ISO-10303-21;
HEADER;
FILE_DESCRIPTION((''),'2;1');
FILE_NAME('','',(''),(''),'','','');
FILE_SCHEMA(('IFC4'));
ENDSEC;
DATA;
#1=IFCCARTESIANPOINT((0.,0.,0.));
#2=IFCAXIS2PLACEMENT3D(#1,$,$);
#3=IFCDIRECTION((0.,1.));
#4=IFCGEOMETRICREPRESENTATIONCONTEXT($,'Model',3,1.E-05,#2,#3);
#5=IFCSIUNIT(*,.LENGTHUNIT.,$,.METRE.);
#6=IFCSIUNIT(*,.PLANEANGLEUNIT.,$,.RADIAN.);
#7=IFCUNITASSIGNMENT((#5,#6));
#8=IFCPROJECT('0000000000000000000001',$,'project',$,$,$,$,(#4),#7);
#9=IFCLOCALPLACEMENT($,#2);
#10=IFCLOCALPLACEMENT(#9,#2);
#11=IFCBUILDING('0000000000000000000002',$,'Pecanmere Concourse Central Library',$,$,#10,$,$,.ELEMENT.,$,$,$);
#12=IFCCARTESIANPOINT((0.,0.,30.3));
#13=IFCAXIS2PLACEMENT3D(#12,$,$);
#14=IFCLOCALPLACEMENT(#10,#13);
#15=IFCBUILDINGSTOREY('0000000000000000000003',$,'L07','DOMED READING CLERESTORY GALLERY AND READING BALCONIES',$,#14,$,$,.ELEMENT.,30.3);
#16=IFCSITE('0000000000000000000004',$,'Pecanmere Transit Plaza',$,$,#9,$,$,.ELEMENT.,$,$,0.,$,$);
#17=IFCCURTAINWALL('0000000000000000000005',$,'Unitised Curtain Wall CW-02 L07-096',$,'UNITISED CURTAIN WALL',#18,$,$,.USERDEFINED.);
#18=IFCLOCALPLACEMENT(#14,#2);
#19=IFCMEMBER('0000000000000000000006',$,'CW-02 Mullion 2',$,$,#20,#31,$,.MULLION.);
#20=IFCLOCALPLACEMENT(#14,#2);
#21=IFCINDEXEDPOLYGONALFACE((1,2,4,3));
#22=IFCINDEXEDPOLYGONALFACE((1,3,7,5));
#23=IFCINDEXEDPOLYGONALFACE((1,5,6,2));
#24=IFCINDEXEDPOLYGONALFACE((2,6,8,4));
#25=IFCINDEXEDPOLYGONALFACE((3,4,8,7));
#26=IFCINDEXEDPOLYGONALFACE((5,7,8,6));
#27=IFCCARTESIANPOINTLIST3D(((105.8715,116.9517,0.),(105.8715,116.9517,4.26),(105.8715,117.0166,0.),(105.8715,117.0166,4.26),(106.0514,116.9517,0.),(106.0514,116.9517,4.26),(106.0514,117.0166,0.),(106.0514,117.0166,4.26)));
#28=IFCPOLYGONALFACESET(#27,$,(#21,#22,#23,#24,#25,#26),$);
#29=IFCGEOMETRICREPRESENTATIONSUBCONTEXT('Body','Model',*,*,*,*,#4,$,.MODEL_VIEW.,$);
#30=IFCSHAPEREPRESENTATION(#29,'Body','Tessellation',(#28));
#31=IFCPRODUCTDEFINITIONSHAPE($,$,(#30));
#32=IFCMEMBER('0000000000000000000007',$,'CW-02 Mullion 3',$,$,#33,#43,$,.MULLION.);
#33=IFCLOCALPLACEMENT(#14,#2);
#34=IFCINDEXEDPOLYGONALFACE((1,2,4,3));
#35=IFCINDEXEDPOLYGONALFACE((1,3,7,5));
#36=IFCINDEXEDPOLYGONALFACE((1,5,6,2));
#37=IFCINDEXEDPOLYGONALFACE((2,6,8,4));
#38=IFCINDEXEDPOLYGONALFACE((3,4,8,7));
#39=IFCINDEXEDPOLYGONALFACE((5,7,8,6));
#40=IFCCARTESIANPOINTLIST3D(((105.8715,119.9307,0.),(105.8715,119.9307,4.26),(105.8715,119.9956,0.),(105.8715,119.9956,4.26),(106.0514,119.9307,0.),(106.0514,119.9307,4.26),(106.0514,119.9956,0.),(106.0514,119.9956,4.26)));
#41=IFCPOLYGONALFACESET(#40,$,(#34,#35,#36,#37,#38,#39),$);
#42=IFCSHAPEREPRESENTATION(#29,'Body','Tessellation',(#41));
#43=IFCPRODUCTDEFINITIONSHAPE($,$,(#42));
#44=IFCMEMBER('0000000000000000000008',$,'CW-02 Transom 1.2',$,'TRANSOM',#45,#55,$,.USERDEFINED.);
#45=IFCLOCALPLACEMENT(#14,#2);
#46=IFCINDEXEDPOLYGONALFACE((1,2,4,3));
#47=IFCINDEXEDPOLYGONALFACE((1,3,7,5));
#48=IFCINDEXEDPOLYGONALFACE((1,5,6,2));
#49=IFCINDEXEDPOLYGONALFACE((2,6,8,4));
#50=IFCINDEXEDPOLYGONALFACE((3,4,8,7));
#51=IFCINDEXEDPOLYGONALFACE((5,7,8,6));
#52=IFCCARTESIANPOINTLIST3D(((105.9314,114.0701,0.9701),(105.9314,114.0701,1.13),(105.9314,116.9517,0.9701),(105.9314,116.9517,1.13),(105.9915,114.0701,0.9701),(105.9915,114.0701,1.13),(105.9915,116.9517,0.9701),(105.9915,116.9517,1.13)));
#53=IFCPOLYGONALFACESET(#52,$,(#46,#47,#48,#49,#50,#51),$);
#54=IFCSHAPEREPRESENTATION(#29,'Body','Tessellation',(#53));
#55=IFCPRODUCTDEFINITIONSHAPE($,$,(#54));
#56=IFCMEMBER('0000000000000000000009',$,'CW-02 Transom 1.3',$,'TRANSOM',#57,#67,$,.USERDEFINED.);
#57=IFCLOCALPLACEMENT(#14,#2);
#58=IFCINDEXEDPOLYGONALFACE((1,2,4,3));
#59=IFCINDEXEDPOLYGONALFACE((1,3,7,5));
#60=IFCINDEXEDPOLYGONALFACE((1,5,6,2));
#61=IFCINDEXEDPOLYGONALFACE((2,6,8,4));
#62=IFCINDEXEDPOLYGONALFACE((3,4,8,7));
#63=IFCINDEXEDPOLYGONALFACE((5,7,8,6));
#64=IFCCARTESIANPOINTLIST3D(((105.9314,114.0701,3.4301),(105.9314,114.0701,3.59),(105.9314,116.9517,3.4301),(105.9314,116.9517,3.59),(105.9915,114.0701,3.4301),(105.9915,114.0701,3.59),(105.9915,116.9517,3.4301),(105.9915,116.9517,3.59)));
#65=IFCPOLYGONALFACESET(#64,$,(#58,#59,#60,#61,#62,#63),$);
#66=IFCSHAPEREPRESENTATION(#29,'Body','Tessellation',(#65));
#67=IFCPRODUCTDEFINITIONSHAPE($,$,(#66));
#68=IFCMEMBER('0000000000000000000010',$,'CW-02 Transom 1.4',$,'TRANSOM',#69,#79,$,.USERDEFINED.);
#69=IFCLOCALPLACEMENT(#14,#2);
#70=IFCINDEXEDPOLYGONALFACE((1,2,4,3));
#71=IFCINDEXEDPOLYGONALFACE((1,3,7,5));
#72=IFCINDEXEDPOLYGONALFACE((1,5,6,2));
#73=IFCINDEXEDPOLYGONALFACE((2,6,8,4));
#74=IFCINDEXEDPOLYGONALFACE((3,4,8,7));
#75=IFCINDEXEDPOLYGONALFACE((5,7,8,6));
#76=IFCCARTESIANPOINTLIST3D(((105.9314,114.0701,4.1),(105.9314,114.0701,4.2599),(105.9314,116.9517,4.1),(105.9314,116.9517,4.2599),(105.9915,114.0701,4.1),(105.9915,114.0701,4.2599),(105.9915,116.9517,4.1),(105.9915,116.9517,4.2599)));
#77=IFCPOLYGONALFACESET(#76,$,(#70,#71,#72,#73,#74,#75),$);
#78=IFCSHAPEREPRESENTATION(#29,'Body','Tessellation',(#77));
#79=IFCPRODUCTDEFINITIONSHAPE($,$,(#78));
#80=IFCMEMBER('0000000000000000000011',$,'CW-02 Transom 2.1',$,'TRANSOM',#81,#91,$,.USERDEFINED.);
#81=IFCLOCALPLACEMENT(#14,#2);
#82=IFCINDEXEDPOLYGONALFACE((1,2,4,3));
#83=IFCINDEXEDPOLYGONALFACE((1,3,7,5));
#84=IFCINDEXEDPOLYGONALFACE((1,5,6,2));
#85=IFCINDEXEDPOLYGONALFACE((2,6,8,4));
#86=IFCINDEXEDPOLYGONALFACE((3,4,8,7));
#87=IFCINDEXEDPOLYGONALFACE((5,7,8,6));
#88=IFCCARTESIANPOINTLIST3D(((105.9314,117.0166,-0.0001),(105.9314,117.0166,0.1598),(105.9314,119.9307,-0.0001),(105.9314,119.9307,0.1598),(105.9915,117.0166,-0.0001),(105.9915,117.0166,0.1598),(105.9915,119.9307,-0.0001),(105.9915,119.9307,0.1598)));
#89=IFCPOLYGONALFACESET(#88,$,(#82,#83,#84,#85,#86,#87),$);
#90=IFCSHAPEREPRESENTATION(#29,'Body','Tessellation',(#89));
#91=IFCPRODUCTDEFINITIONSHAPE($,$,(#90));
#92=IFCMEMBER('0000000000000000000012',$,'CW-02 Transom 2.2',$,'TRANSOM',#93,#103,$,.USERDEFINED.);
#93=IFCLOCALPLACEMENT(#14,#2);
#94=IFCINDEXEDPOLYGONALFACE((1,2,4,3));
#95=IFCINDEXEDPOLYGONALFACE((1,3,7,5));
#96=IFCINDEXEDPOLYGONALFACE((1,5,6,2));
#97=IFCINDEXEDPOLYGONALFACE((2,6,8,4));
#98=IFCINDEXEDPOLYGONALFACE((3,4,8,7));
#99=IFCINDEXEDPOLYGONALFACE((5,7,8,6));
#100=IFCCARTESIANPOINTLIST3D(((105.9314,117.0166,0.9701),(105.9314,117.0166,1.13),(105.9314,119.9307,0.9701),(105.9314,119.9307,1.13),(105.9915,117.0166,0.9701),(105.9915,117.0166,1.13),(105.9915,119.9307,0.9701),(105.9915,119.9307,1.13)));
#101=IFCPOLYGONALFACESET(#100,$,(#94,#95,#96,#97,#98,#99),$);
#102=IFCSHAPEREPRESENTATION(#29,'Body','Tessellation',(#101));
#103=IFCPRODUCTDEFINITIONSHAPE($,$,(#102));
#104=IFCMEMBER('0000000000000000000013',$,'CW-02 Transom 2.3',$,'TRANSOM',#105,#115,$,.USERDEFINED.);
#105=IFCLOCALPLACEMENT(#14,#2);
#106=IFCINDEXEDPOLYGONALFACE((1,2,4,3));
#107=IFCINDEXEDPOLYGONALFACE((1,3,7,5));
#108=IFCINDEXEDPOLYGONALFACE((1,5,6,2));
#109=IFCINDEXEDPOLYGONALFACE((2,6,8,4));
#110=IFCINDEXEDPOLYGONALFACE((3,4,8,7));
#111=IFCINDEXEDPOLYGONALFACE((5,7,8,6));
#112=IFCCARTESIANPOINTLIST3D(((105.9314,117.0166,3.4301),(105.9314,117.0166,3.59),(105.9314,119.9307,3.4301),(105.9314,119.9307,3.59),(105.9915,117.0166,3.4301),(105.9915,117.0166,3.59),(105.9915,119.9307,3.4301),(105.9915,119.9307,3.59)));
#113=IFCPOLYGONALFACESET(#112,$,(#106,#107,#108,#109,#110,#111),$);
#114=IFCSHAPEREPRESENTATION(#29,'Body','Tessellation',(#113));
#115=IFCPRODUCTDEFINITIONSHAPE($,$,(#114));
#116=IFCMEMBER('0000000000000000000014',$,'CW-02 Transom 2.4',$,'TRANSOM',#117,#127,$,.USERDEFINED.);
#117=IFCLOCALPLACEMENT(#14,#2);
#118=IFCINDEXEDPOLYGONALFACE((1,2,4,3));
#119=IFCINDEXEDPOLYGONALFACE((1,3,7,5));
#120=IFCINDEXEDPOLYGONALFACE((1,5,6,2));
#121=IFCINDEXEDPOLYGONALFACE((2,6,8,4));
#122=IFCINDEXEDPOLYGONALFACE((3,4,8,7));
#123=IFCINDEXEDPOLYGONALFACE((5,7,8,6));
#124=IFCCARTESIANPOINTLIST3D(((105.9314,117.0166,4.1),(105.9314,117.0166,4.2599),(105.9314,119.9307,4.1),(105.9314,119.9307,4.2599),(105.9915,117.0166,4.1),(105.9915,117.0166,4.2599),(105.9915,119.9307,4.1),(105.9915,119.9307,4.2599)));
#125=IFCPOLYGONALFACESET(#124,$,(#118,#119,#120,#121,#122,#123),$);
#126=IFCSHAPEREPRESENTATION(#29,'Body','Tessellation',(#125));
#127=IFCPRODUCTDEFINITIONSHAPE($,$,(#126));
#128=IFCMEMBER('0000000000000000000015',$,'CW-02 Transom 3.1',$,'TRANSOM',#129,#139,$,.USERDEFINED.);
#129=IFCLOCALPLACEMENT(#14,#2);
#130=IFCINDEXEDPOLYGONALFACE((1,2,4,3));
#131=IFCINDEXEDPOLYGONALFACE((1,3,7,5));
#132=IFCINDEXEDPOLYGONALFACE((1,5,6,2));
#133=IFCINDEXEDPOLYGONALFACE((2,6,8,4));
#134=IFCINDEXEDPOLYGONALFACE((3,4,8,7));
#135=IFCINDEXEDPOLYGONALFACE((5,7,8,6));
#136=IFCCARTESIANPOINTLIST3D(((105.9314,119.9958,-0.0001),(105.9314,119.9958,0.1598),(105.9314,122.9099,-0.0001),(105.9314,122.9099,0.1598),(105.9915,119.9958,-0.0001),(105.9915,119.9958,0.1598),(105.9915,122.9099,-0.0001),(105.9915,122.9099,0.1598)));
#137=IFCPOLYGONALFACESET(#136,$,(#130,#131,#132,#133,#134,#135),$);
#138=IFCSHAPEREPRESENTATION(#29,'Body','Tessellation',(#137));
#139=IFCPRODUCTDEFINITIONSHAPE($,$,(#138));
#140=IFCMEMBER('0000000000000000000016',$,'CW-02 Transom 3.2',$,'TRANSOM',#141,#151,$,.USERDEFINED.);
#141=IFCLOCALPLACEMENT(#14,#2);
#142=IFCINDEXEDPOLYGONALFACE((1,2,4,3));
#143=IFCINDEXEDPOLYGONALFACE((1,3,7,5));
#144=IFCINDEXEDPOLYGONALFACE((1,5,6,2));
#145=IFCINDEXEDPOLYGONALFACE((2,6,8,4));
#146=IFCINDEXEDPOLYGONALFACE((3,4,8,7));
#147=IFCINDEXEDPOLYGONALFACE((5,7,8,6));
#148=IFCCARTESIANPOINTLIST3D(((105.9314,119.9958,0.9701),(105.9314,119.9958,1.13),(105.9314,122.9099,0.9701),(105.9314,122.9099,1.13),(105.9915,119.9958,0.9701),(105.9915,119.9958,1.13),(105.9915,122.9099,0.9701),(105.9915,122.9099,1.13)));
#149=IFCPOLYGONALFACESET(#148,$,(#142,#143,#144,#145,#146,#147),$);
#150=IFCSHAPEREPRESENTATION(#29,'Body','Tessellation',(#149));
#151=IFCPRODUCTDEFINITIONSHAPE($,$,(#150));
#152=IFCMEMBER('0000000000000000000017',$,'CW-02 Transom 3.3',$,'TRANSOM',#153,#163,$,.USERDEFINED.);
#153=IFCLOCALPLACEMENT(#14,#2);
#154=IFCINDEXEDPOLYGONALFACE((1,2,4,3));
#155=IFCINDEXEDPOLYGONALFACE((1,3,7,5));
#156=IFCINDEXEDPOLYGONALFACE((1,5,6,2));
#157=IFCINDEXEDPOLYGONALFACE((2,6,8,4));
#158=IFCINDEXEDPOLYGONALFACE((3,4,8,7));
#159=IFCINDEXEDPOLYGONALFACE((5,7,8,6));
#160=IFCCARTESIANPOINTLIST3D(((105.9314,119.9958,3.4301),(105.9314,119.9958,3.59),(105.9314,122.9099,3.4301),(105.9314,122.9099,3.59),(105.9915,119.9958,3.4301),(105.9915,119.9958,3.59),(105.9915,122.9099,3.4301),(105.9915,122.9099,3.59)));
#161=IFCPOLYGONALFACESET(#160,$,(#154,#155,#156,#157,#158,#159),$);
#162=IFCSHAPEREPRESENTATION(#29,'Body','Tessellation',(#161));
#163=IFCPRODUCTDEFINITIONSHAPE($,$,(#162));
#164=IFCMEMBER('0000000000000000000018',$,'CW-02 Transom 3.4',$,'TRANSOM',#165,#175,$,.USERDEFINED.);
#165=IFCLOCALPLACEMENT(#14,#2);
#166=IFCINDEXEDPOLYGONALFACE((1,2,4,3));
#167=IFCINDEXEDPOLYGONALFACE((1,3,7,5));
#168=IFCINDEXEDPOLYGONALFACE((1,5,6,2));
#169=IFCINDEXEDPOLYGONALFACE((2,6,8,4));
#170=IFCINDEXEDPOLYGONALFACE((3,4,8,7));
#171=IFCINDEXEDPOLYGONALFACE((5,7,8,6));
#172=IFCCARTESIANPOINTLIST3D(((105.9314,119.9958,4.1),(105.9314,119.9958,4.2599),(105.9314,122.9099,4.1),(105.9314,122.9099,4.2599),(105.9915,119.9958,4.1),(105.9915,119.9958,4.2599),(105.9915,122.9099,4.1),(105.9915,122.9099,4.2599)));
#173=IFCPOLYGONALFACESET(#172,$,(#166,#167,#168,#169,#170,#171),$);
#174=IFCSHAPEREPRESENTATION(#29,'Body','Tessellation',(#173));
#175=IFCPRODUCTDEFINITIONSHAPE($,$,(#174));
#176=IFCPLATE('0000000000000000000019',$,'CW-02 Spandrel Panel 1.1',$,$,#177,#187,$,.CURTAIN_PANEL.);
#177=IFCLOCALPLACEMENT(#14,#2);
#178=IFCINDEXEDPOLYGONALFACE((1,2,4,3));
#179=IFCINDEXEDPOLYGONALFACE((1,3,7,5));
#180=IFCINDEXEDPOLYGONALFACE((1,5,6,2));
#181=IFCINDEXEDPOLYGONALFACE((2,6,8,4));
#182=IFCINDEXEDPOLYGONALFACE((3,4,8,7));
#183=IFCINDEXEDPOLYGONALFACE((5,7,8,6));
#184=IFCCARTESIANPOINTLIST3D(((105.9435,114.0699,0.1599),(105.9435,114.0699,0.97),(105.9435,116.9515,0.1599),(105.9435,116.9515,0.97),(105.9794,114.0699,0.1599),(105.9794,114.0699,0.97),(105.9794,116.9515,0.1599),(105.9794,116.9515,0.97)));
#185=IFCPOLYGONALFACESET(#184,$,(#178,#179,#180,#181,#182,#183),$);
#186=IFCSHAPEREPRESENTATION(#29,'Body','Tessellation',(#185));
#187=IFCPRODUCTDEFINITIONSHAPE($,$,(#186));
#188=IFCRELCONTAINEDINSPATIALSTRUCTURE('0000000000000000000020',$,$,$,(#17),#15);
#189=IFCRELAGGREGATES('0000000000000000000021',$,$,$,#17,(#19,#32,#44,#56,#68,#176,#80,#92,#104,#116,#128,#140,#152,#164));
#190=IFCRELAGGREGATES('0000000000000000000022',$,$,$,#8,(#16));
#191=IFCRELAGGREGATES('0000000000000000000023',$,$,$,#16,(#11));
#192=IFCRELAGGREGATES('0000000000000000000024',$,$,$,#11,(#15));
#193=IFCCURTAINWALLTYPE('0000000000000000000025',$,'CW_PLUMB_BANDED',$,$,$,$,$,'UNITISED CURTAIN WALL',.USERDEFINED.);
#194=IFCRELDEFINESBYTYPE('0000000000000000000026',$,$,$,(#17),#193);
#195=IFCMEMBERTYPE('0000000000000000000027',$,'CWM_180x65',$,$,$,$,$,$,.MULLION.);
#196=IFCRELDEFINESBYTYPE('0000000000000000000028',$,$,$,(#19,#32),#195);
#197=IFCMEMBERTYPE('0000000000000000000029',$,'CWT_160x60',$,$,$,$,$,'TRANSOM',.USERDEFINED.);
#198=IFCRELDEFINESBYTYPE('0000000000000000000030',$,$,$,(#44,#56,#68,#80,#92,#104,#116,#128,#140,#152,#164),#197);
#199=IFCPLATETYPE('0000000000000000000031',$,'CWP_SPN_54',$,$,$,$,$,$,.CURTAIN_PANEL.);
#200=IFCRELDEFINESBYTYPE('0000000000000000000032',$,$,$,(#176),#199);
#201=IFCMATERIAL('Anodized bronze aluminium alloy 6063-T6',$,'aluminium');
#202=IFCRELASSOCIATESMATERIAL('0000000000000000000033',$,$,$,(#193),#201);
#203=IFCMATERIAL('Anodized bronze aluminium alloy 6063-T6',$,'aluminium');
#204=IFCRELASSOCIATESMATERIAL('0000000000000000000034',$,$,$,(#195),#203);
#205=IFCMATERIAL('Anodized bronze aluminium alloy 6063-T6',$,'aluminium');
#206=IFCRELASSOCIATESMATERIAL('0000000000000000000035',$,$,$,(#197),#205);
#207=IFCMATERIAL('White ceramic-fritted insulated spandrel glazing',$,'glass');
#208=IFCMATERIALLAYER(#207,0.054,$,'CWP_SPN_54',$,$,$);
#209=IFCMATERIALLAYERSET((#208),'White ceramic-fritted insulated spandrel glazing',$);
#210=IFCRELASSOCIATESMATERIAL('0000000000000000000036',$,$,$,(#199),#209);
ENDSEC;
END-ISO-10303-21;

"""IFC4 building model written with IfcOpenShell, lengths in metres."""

from ifc_helpers import new_model, si_unit, direction, frame, origin, origin_2d, place, context, subcontext, project, spatial, rectangle, extrude, material, layer, layer_set, material_profile, profile_set, type_object, element, aggregate, save


model = new_model("IFC4")

# Units and contexts
model_context = context("Model", 3, precision=1e-05, world=origin(), true_north=direction((0.0, 1.0)))
body_context = subcontext(model_context, "Body", "Model", "MODEL_VIEW")
ifc_project = project(units=[si_unit("LENGTHUNIT", "METRE"), si_unit("PLANEANGLEUNIT", "RADIAN")], contexts=[model_context])

# Site, building, storey
site_placement = place(None, origin())
site = spatial("IfcSite", under=ifc_project, at=site_placement, Name="Pecanmere Transit Plaza", CompositionType="ELEMENT", RefElevation=0.0)
building_placement = place(site_placement, origin())
building = spatial("IfcBuilding", under=site, at=building_placement, Name="Pecanmere Concourse Central Library", CompositionType="ELEMENT")
storey_placement = place(building_placement, frame((0.0, 0.0, 30.3)))
storey = spatial("IfcBuildingStorey", under=building, at=storey_placement, Name="L07", Description="DOMED READING CLERESTORY GALLERY AND READING BALCONIES", CompositionType="ELEMENT", Elevation=30.3)

# Curtain wall, members, plate
ifc_material_1 = material(Name="Anodized bronze aluminium alloy 6063-T6", Category="aluminium")
curtain_wall_type = type_object("IfcCurtainWallType", Name="CW_PLUMB_BANDED", ElementType="UNITISED CURTAIN WALL", PredefinedType="USERDEFINED", material=ifc_material_1)
curtain_wall_placement = place(storey_placement, origin())
curtain_wall = element("IfcCurtainWall", 1, at=curtain_wall_placement, inside=storey, type_object=curtain_wall_type, Name="Unitised Curtain Wall CW-02 L07-096", ObjectType="UNITISED CURTAIN WALL", PredefinedType="USERDEFINED")
ifc_material_2 = material(Name="Anodized bronze aluminium alloy 6063-T6", Category="aluminium")
ifc_material_profile_1 = material_profile(ifc_material_2, rectangle(XDim=0.0649, YDim=0.1799, at=origin_2d()), Name="AL 65x180")
ifc_profile_set_1 = profile_set([ifc_material_profile_1], Name="Anodized bronze aluminium alloy 6063-T6")
member_type_1 = type_object("IfcMemberType", Name="CWM_180x65", PredefinedType="MULLION", material=ifc_profile_set_1)
member_1_placement = place(storey_placement, frame((105.9614, 116.9841, 0.0), z_axis=(0.0, 0.0, 1.0), x_axis=(0.0, 1.0, 0.0)))
member_1 = element("IfcMember", 2, at=member_1_placement, type_object=member_type_1, Name="CW-02 Mullion 2", PredefinedType="MULLION", context=body_context, shape_type="SweptSolid", body=[
    extrude(rectangle(XDim=0.0649, YDim=0.1799, at=origin_2d()), origin(), (0.0, 0.0, 1.0), 4.26),
])
member_2_placement = place(storey_placement, frame((105.9614, 119.9631, 0.0), z_axis=(0.0, 0.0, 1.0), x_axis=(0.0, 1.0, 0.0)))
member_2 = element("IfcMember", 3, at=member_2_placement, type_object=member_type_1, Name="CW-02 Mullion 3", PredefinedType="MULLION", context=body_context, shape_type="SweptSolid", body=[
    extrude(rectangle(XDim=0.0649, YDim=0.1799, at=origin_2d()), origin(), (0.0, 0.0, 1.0), 4.26),
])
ifc_material_3 = material(Name="Anodized bronze aluminium alloy 6063-T6", Category="aluminium")
ifc_material_profile_2 = material_profile(ifc_material_3, rectangle(XDim=0.0601, YDim=0.1599, at=origin_2d()), Name="AL 60x160")
ifc_profile_set_2 = profile_set([ifc_material_profile_2], Name="Anodized bronze aluminium alloy 6063-T6")
member_type_2 = type_object("IfcMemberType", Name="CWT_160x60", ElementType="TRANSOM", PredefinedType="USERDEFINED", material=ifc_profile_set_2)
member_3_placement = place(storey_placement, frame((105.9614, 114.0701, 1.05), z_axis=(0.0, 1.0, 0.0), x_axis=(-1.0, 0.0, 0.0)))
member_3 = element("IfcMember", 4, at=member_3_placement, type_object=member_type_2, Name="CW-02 Transom 1.2", ObjectType="TRANSOM", PredefinedType="USERDEFINED", context=body_context, shape_type="SweptSolid", body=[
    extrude(rectangle(XDim=0.0601, YDim=0.1599, at=origin_2d()), origin(), (0.0, 0.0, 1.0), 2.8816),
])
member_4_placement = place(storey_placement, frame((105.9614, 114.0701, 3.51), z_axis=(0.0, 1.0, 0.0), x_axis=(-1.0, 0.0, 0.0)))
member_4 = element("IfcMember", 5, at=member_4_placement, type_object=member_type_2, Name="CW-02 Transom 1.3", ObjectType="TRANSOM", PredefinedType="USERDEFINED", context=body_context, shape_type="SweptSolid", body=[
    extrude(rectangle(XDim=0.0601, YDim=0.1599, at=origin_2d()), origin(), (0.0, 0.0, 1.0), 2.8816),
])
member_5_placement = place(storey_placement, frame((105.9614, 114.0701, 4.1799), z_axis=(0.0, 1.0, 0.0), x_axis=(-1.0, 0.0, 0.0)))
member_5 = element("IfcMember", 6, at=member_5_placement, type_object=member_type_2, Name="CW-02 Transom 1.4", ObjectType="TRANSOM", PredefinedType="USERDEFINED", context=body_context, shape_type="SweptSolid", body=[
    extrude(rectangle(XDim=0.0601, YDim=0.1599, at=origin_2d()), origin(), (0.0, 0.0, 1.0), 2.8816),
])
member_6_placement = place(storey_placement, frame((105.9614, 117.0166, 0.0798), z_axis=(0.0, 1.0, 0.0), x_axis=(-1.0, 0.0, 0.0)))
member_6 = element("IfcMember", 7, at=member_6_placement, type_object=member_type_2, Name="CW-02 Transom 2.1", ObjectType="TRANSOM", PredefinedType="USERDEFINED", context=body_context, shape_type="SweptSolid", body=[
    extrude(rectangle(XDim=0.0601, YDim=0.1599, at=origin_2d()), origin(), (0.0, 0.0, 1.0), 2.9141),
])
member_7_placement = place(storey_placement, frame((105.9614, 117.0166, 1.05), z_axis=(0.0, 1.0, 0.0), x_axis=(-1.0, 0.0, 0.0)))
member_7 = element("IfcMember", 8, at=member_7_placement, type_object=member_type_2, Name="CW-02 Transom 2.2", ObjectType="TRANSOM", PredefinedType="USERDEFINED", context=body_context, shape_type="SweptSolid", body=[
    extrude(rectangle(XDim=0.0601, YDim=0.1599, at=origin_2d()), origin(), (0.0, 0.0, 1.0), 2.9141),
])
member_8_placement = place(storey_placement, frame((105.9614, 117.0166, 3.51), z_axis=(0.0, 1.0, 0.0), x_axis=(-1.0, 0.0, 0.0)))
member_8 = element("IfcMember", 9, at=member_8_placement, type_object=member_type_2, Name="CW-02 Transom 2.3", ObjectType="TRANSOM", PredefinedType="USERDEFINED", context=body_context, shape_type="SweptSolid", body=[
    extrude(rectangle(XDim=0.0601, YDim=0.1599, at=origin_2d()), origin(), (0.0, 0.0, 1.0), 2.9141),
])
member_9_placement = place(storey_placement, frame((105.9614, 117.0166, 4.1799), z_axis=(0.0, 1.0, 0.0), x_axis=(-1.0, 0.0, 0.0)))
member_9 = element("IfcMember", 10, at=member_9_placement, type_object=member_type_2, Name="CW-02 Transom 2.4", ObjectType="TRANSOM", PredefinedType="USERDEFINED", context=body_context, shape_type="SweptSolid", body=[
    extrude(rectangle(XDim=0.0601, YDim=0.1599, at=origin_2d()), origin(), (0.0, 0.0, 1.0), 2.9141),
])
member_10_placement = place(storey_placement, frame((105.9614, 119.9958, 0.0798), z_axis=(0.0, 1.0, 0.0), x_axis=(-1.0, 0.0, 0.0)))
member_10 = element("IfcMember", 11, at=member_10_placement, type_object=member_type_2, Name="CW-02 Transom 3.1", ObjectType="TRANSOM", PredefinedType="USERDEFINED", context=body_context, shape_type="SweptSolid", body=[
    extrude(rectangle(XDim=0.0601, YDim=0.1599, at=origin_2d()), origin(), (0.0, 0.0, 1.0), 2.9141),
])
member_11_placement = place(storey_placement, frame((105.9614, 119.9958, 1.05), z_axis=(0.0, 1.0, 0.0), x_axis=(-1.0, 0.0, 0.0)))
member_11 = element("IfcMember", 12, at=member_11_placement, type_object=member_type_2, Name="CW-02 Transom 3.2", ObjectType="TRANSOM", PredefinedType="USERDEFINED", context=body_context, shape_type="SweptSolid", body=[
    extrude(rectangle(XDim=0.0601, YDim=0.1599, at=origin_2d()), origin(), (0.0, 0.0, 1.0), 2.9141),
])
member_12_placement = place(storey_placement, frame((105.9614, 119.9958, 3.51), z_axis=(0.0, 1.0, 0.0), x_axis=(-1.0, 0.0, 0.0)))
member_12 = element("IfcMember", 13, at=member_12_placement, type_object=member_type_2, Name="CW-02 Transom 3.3", ObjectType="TRANSOM", PredefinedType="USERDEFINED", context=body_context, shape_type="SweptSolid", body=[
    extrude(rectangle(XDim=0.0601, YDim=0.1599, at=origin_2d()), origin(), (0.0, 0.0, 1.0), 2.9141),
])
member_13_placement = place(storey_placement, frame((105.9614, 119.9958, 4.1799), z_axis=(0.0, 1.0, 0.0), x_axis=(-1.0, 0.0, 0.0)))
member_13 = element("IfcMember", 14, at=member_13_placement, type_object=member_type_2, Name="CW-02 Transom 3.4", ObjectType="TRANSOM", PredefinedType="USERDEFINED", context=body_context, shape_type="SweptSolid", body=[
    extrude(rectangle(XDim=0.0601, YDim=0.1599, at=origin_2d()), origin(), (0.0, 0.0, 1.0), 2.9141),
])
ifc_material_4 = material(Name="White ceramic-fritted insulated spandrel glazing", Category="glass")
ifc_layer_1 = layer(ifc_material_4, 0.054, Name="CWP_SPN_54")
ifc_layer_set_1 = layer_set([ifc_layer_1], Name="White ceramic-fritted insulated spandrel glazing")
plate_type_1 = type_object("IfcPlateType", Name="CWP_SPN_54", PredefinedType="CURTAIN_PANEL", material=ifc_layer_set_1)
plate_1_placement = place(storey_placement, frame((105.9614, 115.5107, 0.1599), z_axis=(0.0, 0.0, 1.0), x_axis=(0.0, 1.0, 0.0)))
plate_1 = element("IfcPlate", 15, at=plate_1_placement, type_object=plate_type_1, Name="CW-02 Spandrel Panel 1.1", PredefinedType="CURTAIN_PANEL", context=body_context, shape_type="SweptSolid", body=[
    extrude(rectangle(XDim=2.8816, YDim=0.0359, at=origin_2d()), origin(), (0.0, 0.0, 1.0), 0.8101),
])
aggregate(curtain_wall, [member_1, member_2, member_3, member_4, member_5, plate_1, member_6, member_7, member_8, member_9, member_10, member_11, member_12, member_13])

save(model, "model.ifc")
